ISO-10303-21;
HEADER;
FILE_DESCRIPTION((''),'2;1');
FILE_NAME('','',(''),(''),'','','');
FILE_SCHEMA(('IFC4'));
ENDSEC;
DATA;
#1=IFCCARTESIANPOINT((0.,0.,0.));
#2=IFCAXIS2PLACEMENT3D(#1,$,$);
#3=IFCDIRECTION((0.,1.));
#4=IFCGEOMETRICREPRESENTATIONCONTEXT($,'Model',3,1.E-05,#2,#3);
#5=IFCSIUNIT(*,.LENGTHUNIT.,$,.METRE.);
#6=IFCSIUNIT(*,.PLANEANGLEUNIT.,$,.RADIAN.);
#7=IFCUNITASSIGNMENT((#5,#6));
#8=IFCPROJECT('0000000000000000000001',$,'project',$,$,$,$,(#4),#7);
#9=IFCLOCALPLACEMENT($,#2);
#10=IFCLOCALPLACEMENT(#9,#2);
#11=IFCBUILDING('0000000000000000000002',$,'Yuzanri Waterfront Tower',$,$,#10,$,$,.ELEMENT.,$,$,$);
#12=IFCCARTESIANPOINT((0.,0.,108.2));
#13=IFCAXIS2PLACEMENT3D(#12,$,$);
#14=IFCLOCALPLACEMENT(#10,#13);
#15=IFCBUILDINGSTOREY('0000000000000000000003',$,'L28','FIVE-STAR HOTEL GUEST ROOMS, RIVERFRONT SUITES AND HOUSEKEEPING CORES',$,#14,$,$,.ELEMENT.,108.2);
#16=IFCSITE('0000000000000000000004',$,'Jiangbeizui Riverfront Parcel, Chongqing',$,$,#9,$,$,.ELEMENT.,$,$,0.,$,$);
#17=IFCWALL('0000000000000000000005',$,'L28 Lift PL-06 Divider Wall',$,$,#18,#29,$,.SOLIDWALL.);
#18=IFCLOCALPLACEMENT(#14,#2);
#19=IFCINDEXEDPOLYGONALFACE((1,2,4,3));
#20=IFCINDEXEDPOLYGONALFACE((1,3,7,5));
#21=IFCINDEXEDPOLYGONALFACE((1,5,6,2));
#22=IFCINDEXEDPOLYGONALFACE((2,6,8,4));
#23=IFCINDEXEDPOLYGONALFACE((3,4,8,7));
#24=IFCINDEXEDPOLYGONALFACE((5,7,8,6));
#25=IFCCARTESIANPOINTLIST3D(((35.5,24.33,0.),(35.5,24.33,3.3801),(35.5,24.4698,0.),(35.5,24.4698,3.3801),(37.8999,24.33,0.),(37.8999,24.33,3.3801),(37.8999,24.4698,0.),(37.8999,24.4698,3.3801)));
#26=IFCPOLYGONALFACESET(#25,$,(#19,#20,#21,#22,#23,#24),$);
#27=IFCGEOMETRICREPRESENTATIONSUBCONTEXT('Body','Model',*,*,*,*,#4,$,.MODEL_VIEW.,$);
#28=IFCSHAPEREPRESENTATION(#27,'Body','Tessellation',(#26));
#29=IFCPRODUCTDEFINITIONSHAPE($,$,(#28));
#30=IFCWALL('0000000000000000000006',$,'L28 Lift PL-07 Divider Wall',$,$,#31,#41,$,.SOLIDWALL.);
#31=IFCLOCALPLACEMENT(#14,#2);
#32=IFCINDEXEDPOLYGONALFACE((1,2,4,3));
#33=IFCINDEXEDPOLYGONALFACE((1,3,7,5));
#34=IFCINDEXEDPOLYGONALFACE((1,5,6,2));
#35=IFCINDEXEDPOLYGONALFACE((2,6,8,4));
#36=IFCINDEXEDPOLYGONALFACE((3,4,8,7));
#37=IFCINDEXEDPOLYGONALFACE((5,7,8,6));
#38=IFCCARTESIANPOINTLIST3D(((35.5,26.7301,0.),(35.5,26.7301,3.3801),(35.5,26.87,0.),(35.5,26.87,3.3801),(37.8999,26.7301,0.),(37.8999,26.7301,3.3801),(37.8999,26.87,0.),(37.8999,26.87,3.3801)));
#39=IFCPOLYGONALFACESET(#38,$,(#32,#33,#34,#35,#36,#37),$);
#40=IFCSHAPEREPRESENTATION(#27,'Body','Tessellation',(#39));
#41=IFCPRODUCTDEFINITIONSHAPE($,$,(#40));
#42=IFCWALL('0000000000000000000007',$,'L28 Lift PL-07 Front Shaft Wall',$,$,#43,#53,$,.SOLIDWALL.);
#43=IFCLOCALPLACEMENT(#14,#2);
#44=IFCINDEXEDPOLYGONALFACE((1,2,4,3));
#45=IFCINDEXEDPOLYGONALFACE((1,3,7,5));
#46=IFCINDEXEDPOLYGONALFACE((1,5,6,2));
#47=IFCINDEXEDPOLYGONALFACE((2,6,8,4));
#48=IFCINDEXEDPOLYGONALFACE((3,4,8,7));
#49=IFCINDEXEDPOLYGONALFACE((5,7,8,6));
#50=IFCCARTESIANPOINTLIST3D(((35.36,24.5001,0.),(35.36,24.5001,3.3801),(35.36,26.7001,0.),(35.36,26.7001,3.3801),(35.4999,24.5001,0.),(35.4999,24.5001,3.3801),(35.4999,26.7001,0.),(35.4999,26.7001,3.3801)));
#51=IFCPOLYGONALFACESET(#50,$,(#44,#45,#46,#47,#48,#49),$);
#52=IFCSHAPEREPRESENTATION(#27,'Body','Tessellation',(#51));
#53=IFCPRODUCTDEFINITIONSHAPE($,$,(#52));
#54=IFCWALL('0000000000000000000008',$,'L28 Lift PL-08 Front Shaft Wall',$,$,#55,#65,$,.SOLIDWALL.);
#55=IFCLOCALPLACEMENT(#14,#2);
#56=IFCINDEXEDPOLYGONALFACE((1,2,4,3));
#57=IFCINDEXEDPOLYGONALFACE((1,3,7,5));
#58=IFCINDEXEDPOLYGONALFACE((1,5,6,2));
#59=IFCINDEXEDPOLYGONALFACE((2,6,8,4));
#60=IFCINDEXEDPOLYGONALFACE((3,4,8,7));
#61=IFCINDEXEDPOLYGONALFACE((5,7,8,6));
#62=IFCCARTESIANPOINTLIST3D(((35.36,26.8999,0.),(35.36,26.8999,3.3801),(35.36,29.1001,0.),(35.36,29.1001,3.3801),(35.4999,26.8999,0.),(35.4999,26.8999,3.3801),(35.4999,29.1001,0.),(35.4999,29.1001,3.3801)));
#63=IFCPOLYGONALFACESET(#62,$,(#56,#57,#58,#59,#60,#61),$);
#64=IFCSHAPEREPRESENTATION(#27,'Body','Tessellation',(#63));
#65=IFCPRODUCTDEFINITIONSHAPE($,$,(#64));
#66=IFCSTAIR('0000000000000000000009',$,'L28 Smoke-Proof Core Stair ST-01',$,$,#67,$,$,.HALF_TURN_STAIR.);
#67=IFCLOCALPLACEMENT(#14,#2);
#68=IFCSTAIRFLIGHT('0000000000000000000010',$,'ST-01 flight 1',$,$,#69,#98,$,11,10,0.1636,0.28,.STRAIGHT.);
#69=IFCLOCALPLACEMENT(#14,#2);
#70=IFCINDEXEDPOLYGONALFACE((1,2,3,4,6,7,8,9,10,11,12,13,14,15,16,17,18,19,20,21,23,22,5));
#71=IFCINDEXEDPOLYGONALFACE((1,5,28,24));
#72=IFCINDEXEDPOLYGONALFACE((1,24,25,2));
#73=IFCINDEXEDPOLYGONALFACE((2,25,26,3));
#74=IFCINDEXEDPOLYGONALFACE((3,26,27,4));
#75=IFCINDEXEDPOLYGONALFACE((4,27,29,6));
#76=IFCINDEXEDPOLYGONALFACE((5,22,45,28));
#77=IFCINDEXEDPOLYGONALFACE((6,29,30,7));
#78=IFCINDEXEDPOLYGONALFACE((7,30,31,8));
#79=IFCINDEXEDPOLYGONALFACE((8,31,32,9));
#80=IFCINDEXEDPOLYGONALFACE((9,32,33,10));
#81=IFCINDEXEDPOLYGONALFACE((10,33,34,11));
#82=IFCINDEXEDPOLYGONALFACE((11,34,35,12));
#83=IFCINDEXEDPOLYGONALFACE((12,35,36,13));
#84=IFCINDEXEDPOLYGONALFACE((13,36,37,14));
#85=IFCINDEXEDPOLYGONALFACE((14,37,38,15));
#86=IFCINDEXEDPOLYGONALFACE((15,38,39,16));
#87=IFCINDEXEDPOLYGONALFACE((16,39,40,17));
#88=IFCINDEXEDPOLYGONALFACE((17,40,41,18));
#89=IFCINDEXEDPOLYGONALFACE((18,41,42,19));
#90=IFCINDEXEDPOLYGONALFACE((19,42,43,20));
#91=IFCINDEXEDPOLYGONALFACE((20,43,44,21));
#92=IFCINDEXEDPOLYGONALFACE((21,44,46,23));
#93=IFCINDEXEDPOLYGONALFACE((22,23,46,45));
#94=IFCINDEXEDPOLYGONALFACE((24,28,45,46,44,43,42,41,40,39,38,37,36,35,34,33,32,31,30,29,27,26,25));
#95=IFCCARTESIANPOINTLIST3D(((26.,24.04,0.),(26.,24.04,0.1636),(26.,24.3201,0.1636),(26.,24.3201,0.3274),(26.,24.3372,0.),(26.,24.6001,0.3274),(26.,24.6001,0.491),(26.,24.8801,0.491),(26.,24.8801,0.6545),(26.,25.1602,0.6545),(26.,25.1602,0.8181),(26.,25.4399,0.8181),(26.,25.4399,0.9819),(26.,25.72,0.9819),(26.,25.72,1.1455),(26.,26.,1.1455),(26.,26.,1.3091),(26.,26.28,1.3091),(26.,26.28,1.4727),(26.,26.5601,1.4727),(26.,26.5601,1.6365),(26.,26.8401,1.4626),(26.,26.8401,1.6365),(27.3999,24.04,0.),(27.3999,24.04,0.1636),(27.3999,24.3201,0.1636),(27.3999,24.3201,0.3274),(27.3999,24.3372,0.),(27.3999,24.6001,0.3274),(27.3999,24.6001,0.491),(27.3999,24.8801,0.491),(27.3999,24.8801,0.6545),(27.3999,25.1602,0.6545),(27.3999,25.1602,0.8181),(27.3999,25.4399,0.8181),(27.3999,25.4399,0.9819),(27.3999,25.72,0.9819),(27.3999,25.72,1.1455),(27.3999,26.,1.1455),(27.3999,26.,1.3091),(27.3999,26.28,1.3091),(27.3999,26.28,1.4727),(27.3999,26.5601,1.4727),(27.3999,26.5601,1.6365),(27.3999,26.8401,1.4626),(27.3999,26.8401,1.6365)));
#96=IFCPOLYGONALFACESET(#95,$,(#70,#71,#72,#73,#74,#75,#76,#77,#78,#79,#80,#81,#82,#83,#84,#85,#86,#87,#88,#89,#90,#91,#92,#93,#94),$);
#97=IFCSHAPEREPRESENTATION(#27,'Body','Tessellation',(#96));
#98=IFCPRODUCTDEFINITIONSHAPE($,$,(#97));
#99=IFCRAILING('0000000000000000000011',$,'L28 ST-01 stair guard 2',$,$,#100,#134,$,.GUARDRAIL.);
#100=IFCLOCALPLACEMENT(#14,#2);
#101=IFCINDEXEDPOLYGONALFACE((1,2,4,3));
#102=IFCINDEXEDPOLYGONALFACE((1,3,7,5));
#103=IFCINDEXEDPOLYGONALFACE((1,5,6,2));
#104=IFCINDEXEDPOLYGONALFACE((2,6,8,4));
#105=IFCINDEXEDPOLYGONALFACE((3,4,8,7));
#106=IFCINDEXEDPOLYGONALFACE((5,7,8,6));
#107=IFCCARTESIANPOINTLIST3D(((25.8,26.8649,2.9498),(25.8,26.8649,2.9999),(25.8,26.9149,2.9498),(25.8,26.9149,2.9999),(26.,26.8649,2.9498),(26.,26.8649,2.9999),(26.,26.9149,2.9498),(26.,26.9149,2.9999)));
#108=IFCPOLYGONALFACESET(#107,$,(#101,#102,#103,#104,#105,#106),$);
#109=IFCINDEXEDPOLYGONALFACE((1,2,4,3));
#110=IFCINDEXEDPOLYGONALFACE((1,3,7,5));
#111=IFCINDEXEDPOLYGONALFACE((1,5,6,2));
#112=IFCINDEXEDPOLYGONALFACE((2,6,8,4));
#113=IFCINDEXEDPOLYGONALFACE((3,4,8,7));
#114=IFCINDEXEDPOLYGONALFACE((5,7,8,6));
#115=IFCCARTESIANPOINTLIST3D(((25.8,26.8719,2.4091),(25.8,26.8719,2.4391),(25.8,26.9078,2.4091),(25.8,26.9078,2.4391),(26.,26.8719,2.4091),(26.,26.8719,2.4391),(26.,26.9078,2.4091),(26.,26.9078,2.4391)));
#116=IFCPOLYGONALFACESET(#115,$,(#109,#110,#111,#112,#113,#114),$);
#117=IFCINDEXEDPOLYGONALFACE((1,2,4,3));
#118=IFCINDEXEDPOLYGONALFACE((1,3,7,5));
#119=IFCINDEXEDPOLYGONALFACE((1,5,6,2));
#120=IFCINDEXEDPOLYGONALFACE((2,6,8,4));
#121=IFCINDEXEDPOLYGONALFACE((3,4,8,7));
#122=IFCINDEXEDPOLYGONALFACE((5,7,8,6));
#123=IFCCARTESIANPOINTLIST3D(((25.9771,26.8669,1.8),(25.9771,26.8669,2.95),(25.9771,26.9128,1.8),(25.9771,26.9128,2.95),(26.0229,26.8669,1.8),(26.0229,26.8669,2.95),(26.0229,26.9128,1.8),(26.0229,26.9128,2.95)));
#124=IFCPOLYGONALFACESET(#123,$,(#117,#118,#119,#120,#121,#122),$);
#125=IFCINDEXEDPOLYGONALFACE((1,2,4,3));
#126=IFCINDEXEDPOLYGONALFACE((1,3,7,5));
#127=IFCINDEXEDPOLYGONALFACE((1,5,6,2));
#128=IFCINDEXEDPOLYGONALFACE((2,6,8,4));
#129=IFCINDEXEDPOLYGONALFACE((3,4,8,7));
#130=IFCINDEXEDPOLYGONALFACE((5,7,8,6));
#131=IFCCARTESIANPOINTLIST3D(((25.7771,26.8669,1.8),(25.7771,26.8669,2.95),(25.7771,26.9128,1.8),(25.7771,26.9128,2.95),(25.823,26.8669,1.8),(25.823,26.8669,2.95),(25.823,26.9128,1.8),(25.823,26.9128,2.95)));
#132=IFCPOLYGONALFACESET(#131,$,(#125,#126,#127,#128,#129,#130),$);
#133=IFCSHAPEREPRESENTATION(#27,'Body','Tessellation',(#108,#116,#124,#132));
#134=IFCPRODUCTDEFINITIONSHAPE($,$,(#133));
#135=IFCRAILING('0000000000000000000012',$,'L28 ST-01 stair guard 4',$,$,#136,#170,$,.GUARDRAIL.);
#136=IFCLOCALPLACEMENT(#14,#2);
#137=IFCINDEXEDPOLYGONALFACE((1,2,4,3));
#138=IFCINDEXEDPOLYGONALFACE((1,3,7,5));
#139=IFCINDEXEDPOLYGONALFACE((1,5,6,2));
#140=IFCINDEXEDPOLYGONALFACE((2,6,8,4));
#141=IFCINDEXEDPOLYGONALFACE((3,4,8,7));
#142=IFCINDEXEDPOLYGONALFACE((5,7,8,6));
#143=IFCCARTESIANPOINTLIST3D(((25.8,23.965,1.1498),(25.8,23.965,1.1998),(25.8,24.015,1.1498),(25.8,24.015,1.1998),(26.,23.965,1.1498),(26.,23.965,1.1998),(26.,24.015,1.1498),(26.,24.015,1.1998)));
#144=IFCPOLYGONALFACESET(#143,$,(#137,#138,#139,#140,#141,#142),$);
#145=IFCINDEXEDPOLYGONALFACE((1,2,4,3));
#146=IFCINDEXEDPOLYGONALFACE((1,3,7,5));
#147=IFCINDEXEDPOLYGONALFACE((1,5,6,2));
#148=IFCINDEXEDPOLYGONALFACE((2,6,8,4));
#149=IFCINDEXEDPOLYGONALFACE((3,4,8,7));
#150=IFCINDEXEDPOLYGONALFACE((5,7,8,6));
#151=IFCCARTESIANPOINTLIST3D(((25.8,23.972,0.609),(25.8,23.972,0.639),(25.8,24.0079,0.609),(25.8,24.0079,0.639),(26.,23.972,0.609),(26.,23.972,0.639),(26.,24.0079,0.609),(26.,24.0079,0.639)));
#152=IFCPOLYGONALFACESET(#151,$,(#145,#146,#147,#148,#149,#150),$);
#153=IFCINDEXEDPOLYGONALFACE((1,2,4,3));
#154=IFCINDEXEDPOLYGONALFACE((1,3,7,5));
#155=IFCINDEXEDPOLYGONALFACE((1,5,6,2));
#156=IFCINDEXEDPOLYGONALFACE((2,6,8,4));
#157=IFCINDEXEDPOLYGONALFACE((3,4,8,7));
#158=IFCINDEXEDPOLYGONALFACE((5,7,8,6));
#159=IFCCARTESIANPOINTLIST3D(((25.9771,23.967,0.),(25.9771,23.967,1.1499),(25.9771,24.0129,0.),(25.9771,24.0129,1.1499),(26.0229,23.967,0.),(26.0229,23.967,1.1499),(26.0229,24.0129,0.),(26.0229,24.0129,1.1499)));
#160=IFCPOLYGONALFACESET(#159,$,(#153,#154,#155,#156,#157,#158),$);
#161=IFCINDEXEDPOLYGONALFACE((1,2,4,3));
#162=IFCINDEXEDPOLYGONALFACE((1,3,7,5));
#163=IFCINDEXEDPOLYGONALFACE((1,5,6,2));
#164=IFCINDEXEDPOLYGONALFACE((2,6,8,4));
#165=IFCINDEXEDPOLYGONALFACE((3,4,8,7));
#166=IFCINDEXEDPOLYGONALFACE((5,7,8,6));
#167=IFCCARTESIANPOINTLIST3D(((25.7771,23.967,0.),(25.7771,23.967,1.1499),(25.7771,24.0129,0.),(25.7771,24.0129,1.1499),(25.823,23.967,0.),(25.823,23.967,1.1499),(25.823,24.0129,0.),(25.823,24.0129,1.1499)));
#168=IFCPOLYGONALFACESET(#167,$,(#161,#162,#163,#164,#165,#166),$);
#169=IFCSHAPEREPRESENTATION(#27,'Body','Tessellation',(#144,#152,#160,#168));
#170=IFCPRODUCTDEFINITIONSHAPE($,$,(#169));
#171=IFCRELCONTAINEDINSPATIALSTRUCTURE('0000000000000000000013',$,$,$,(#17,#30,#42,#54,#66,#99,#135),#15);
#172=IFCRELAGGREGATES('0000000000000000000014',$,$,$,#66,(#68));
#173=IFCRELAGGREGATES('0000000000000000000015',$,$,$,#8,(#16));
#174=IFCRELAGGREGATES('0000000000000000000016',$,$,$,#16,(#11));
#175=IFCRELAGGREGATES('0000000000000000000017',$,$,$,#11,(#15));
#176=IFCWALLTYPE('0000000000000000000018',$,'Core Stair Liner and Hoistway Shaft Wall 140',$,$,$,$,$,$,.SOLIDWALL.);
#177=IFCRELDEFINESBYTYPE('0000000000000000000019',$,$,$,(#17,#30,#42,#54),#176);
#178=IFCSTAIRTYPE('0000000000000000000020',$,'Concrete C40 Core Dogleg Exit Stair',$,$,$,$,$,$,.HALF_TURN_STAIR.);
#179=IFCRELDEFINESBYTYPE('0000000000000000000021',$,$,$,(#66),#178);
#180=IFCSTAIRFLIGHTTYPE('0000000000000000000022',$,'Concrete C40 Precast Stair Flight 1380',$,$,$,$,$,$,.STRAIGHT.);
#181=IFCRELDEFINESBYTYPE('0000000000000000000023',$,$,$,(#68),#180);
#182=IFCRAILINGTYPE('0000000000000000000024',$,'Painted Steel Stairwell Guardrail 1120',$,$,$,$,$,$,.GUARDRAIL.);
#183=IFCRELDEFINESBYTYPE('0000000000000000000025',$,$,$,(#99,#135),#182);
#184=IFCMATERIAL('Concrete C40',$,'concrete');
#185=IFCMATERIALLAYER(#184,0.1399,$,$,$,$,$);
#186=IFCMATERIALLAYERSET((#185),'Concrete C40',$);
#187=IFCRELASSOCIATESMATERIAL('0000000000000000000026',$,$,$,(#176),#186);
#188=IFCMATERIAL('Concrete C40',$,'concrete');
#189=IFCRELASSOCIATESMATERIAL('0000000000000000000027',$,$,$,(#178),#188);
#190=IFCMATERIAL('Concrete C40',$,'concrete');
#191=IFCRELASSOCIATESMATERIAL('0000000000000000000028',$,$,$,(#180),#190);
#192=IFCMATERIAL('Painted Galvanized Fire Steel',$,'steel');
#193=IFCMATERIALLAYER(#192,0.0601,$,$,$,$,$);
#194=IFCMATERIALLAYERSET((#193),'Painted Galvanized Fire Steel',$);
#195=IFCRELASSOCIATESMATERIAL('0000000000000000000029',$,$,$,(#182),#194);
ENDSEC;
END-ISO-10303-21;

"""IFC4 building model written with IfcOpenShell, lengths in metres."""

from ifc_helpers import new_model, si_unit, direction, frame, frame_2d, origin, origin_2d, place, context, subcontext, project, spatial, polyline, rectangle, outline, extrude, source, transform, mapped, material, layer, layer_set, type_object, element, aggregate, save


model = new_model("IFC4")

# Units and contexts
model_context = context("Model", 3, precision=1e-05, world=origin(), true_north=direction((0.0, 1.0)))
body_context = subcontext(model_context, "Body", "Model", "MODEL_VIEW")
ifc_project = project(units=[si_unit("LENGTHUNIT", "METRE"), si_unit("PLANEANGLEUNIT", "RADIAN")], contexts=[model_context])

# Site, building, storey
site_placement = place(None, origin())
site = spatial("IfcSite", under=ifc_project, at=site_placement, Name="Jiangbeizui Riverfront Parcel, Chongqing", CompositionType="ELEMENT", RefElevation=0.0)
building_placement = place(site_placement, origin())
building = spatial("IfcBuilding", under=site, at=building_placement, Name="Yuzanri Waterfront Tower", CompositionType="ELEMENT")
storey_placement = place(building_placement, frame((0.0, 0.0, 108.2)))
storey = spatial("IfcBuildingStorey", under=building, at=storey_placement, Name="L28", Description="FIVE-STAR HOTEL GUEST ROOMS, RIVERFRONT SUITES AND HOUSEKEEPING CORES", CompositionType="ELEMENT", Elevation=108.2)

# Shared definitions
ifc_material_1 = material(Name="Concrete C40", Category="concrete")
ifc_layer_1 = layer(ifc_material_1, 0.1399)
ifc_layer_set_1 = layer_set([ifc_layer_1], Name="Concrete C40")
wall_type_1 = type_object("IfcWallType", Name="Core Stair Liner and Hoistway Shaft Wall 140", PredefinedType="SOLIDWALL", material=ifc_layer_set_1)

# Walls
shared_shape_1 = source(origin(), body_context, "Body", "SweptSolid", [
    extrude(rectangle(XDim=2.3999, YDim=0.1399, at=frame_2d((1.2, 0.0))), origin(), (0.0, 0.0, 1.0), 3.3801),
])
for number, where, z_axis, x_axis, name in (
    (1, (35.5, 24.3999, 0.0), (0.0, 0.0, 1.0), (1.0, 0.0, 0.0), "L28 Lift PL-06 Divider Wall"),
    (2, (35.5, 26.8, 0.0), (0.0, 0.0, 1.0), (1.0, 0.0, 0.0), "L28 Lift PL-07 Divider Wall"),
):
    element("IfcWall", number, at=place(storey_placement, frame(where, z_axis=z_axis, x_axis=x_axis)), inside=storey, type_object=wall_type_1, Name=name, PredefinedType="SOLIDWALL", context=body_context, shape_type="MappedRepresentation", body=[
        mapped(shared_shape_1, transform((0.0, 0.0, 0.0), scale=1.0)),
    ])
shared_shape_2 = source(origin(), body_context, "Body", "SweptSolid", [
    extrude(rectangle(XDim=2.2, YDim=0.1399, at=frame_2d((1.1001, 0.0))), origin(), (0.0, 0.0, 1.0), 3.3801),
])
wall_1_placement = place(storey_placement, frame((35.4299, 24.5, 0.0), z_axis=(0.0, 0.0, 1.0), x_axis=(0.0, 1.0, 0.0)))
element("IfcWall", 3, at=wall_1_placement, inside=storey, type_object=wall_type_1, Name="L28 Lift PL-07 Front Shaft Wall", PredefinedType="SOLIDWALL", context=body_context, shape_type="MappedRepresentation", body=[
    mapped(shared_shape_2, transform((0.0, 0.0, 0.0), scale=1.0)),
])
shared_shape_3 = source(origin(), body_context, "Body", "SweptSolid", [
    extrude(rectangle(XDim=2.2002, YDim=0.1399, at=frame_2d((1.1001, 0.0))), origin(), (0.0, 0.0, 1.0), 3.3801),
])
wall_2_placement = place(storey_placement, frame((35.4299, 26.8999, 0.0), z_axis=(0.0, 0.0, 1.0), x_axis=(0.0, 1.0, 0.0)))
element("IfcWall", 4, at=wall_2_placement, inside=storey, type_object=wall_type_1, Name="L28 Lift PL-08 Front Shaft Wall", PredefinedType="SOLIDWALL", context=body_context, shape_type="MappedRepresentation", body=[
    mapped(shared_shape_3, transform((0.0, 0.0, 0.0), scale=1.0)),
])

# Stair, stair flight
ifc_material_2 = material(Name="Concrete C40", Category="concrete")
stair_type = type_object("IfcStairType", Name="Concrete C40 Core Dogleg Exit Stair", PredefinedType="HALF_TURN_STAIR", material=ifc_material_2)
stair_placement = place(storey_placement, origin())
stair = element("IfcStair", 5, at=stair_placement, inside=storey, type_object=stair_type, Name="L28 Smoke-Proof Core Stair ST-01", PredefinedType="HALF_TURN_STAIR")
ifc_material_3 = material(Name="Concrete C40", Category="concrete")
stair_flight_type = type_object("IfcStairFlightType", Name="Concrete C40 Precast Stair Flight 1380", PredefinedType="STRAIGHT", material=ifc_material_3)
shared_shape_4 = source(origin(), body_context, "Body", "SweptSolid", [
    extrude(outline(polyline([(0.0, 0.0), (0.0, 0.1636), (0.28, 0.1636), (0.28, 0.3274), (0.5601, 0.3274), (0.5601, 0.491), (0.8401, 0.491), (0.8401, 0.6545), (1.1201, 0.6545), (1.1201, 0.8181), (1.3999, 0.8181), (1.3999, 0.9819), (1.6799, 0.9819), (1.6799, 1.1455), (1.96, 1.1455), (1.96, 1.3091), (2.24, 1.3091), (2.24, 1.4727), (2.52, 1.4727), (2.52, 1.6365), (2.8, 1.6365), (2.8, 1.8), (2.8, 1.4626), (0.2971, 0.0), (0.0, 0.0)])), frame((0.0, 0.7, 0.0), z_axis=(0.0, -1.0, 0.0), x_axis=(1.0, 0.0, 0.0)), (0.0, 0.0, 1.0), 1.3999),
])
stair_flight_placement = place(storey_placement, frame((26.7, 24.04, 0.0), z_axis=(0.0, 0.0, 1.0), x_axis=(0.0, 1.0, 0.0)))
stair_flight = element("IfcStairFlight", 6, at=stair_flight_placement, type_object=stair_flight_type, Name="ST-01 flight 1", NumberOfRisers=11, NumberOfTreads=10, PredefinedType="STRAIGHT", RiserHeight=0.1636, TreadLength=0.28, context=body_context, shape_type="MappedRepresentation", body=[
    mapped(shared_shape_4, transform((0.0, 0.0, 0.0), scale=1.0)),
])
aggregate(stair, [stair_flight])

# Railings
ifc_material_4 = material(Name="Painted Galvanized Fire Steel", Category="steel")
ifc_layer_2 = layer(ifc_material_4, 0.0601)
ifc_layer_set_2 = layer_set([ifc_layer_2], Name="Painted Galvanized Fire Steel")
railing_type_1 = type_object("IfcRailingType", Name="Painted Steel Stairwell Guardrail 1120", PredefinedType="GUARDRAIL", material=ifc_layer_set_2)
shared_shape_5 = source(origin(), body_context, "Body", "SweptSolid", [
    extrude(rectangle(XDim=0.05, YDim=0.05, at=origin_2d()), frame((0.0, 0.0, 1.1748), z_axis=(-1.0, 0.0, 0.0), x_axis=(0.0, -1.0, 0.0)), (0.0, 0.0, 1.0), 0.2),
    extrude(rectangle(XDim=0.0359, YDim=0.03, at=origin_2d()), frame((0.0, 0.0, 0.624), z_axis=(-1.0, 0.0, 0.0), x_axis=(0.0, -1.0, 0.0)), (0.0, 0.0, 1.0), 0.2),
    extrude(rectangle(XDim=0.0459, YDim=0.0459, at=origin_2d()), origin(), (0.0, 0.0, 1.0), 1.1499),
    extrude(rectangle(XDim=0.0459, YDim=0.0459, at=origin_2d()), frame((-0.2, 0.0, 0.0)), (0.0, 0.0, 1.0), 1.1499),
])
for number, where, name in (
    (7, (26.0, 26.8899, 1.8), "L28 ST-01 stair guard 2"),
    (8, (26.0, 23.99, 0.0), "L28 ST-01 stair guard 4"),
):
    element("IfcRailing", number, at=place(storey_placement, frame(where)), inside=storey, type_object=railing_type_1, Name=name, PredefinedType="GUARDRAIL", context=body_context, shape_type="MappedRepresentation", body=[
        mapped(shared_shape_5, transform((0.0, 0.0, 0.0), scale=1.0)),
    ])

save(model, "model.ifc")
